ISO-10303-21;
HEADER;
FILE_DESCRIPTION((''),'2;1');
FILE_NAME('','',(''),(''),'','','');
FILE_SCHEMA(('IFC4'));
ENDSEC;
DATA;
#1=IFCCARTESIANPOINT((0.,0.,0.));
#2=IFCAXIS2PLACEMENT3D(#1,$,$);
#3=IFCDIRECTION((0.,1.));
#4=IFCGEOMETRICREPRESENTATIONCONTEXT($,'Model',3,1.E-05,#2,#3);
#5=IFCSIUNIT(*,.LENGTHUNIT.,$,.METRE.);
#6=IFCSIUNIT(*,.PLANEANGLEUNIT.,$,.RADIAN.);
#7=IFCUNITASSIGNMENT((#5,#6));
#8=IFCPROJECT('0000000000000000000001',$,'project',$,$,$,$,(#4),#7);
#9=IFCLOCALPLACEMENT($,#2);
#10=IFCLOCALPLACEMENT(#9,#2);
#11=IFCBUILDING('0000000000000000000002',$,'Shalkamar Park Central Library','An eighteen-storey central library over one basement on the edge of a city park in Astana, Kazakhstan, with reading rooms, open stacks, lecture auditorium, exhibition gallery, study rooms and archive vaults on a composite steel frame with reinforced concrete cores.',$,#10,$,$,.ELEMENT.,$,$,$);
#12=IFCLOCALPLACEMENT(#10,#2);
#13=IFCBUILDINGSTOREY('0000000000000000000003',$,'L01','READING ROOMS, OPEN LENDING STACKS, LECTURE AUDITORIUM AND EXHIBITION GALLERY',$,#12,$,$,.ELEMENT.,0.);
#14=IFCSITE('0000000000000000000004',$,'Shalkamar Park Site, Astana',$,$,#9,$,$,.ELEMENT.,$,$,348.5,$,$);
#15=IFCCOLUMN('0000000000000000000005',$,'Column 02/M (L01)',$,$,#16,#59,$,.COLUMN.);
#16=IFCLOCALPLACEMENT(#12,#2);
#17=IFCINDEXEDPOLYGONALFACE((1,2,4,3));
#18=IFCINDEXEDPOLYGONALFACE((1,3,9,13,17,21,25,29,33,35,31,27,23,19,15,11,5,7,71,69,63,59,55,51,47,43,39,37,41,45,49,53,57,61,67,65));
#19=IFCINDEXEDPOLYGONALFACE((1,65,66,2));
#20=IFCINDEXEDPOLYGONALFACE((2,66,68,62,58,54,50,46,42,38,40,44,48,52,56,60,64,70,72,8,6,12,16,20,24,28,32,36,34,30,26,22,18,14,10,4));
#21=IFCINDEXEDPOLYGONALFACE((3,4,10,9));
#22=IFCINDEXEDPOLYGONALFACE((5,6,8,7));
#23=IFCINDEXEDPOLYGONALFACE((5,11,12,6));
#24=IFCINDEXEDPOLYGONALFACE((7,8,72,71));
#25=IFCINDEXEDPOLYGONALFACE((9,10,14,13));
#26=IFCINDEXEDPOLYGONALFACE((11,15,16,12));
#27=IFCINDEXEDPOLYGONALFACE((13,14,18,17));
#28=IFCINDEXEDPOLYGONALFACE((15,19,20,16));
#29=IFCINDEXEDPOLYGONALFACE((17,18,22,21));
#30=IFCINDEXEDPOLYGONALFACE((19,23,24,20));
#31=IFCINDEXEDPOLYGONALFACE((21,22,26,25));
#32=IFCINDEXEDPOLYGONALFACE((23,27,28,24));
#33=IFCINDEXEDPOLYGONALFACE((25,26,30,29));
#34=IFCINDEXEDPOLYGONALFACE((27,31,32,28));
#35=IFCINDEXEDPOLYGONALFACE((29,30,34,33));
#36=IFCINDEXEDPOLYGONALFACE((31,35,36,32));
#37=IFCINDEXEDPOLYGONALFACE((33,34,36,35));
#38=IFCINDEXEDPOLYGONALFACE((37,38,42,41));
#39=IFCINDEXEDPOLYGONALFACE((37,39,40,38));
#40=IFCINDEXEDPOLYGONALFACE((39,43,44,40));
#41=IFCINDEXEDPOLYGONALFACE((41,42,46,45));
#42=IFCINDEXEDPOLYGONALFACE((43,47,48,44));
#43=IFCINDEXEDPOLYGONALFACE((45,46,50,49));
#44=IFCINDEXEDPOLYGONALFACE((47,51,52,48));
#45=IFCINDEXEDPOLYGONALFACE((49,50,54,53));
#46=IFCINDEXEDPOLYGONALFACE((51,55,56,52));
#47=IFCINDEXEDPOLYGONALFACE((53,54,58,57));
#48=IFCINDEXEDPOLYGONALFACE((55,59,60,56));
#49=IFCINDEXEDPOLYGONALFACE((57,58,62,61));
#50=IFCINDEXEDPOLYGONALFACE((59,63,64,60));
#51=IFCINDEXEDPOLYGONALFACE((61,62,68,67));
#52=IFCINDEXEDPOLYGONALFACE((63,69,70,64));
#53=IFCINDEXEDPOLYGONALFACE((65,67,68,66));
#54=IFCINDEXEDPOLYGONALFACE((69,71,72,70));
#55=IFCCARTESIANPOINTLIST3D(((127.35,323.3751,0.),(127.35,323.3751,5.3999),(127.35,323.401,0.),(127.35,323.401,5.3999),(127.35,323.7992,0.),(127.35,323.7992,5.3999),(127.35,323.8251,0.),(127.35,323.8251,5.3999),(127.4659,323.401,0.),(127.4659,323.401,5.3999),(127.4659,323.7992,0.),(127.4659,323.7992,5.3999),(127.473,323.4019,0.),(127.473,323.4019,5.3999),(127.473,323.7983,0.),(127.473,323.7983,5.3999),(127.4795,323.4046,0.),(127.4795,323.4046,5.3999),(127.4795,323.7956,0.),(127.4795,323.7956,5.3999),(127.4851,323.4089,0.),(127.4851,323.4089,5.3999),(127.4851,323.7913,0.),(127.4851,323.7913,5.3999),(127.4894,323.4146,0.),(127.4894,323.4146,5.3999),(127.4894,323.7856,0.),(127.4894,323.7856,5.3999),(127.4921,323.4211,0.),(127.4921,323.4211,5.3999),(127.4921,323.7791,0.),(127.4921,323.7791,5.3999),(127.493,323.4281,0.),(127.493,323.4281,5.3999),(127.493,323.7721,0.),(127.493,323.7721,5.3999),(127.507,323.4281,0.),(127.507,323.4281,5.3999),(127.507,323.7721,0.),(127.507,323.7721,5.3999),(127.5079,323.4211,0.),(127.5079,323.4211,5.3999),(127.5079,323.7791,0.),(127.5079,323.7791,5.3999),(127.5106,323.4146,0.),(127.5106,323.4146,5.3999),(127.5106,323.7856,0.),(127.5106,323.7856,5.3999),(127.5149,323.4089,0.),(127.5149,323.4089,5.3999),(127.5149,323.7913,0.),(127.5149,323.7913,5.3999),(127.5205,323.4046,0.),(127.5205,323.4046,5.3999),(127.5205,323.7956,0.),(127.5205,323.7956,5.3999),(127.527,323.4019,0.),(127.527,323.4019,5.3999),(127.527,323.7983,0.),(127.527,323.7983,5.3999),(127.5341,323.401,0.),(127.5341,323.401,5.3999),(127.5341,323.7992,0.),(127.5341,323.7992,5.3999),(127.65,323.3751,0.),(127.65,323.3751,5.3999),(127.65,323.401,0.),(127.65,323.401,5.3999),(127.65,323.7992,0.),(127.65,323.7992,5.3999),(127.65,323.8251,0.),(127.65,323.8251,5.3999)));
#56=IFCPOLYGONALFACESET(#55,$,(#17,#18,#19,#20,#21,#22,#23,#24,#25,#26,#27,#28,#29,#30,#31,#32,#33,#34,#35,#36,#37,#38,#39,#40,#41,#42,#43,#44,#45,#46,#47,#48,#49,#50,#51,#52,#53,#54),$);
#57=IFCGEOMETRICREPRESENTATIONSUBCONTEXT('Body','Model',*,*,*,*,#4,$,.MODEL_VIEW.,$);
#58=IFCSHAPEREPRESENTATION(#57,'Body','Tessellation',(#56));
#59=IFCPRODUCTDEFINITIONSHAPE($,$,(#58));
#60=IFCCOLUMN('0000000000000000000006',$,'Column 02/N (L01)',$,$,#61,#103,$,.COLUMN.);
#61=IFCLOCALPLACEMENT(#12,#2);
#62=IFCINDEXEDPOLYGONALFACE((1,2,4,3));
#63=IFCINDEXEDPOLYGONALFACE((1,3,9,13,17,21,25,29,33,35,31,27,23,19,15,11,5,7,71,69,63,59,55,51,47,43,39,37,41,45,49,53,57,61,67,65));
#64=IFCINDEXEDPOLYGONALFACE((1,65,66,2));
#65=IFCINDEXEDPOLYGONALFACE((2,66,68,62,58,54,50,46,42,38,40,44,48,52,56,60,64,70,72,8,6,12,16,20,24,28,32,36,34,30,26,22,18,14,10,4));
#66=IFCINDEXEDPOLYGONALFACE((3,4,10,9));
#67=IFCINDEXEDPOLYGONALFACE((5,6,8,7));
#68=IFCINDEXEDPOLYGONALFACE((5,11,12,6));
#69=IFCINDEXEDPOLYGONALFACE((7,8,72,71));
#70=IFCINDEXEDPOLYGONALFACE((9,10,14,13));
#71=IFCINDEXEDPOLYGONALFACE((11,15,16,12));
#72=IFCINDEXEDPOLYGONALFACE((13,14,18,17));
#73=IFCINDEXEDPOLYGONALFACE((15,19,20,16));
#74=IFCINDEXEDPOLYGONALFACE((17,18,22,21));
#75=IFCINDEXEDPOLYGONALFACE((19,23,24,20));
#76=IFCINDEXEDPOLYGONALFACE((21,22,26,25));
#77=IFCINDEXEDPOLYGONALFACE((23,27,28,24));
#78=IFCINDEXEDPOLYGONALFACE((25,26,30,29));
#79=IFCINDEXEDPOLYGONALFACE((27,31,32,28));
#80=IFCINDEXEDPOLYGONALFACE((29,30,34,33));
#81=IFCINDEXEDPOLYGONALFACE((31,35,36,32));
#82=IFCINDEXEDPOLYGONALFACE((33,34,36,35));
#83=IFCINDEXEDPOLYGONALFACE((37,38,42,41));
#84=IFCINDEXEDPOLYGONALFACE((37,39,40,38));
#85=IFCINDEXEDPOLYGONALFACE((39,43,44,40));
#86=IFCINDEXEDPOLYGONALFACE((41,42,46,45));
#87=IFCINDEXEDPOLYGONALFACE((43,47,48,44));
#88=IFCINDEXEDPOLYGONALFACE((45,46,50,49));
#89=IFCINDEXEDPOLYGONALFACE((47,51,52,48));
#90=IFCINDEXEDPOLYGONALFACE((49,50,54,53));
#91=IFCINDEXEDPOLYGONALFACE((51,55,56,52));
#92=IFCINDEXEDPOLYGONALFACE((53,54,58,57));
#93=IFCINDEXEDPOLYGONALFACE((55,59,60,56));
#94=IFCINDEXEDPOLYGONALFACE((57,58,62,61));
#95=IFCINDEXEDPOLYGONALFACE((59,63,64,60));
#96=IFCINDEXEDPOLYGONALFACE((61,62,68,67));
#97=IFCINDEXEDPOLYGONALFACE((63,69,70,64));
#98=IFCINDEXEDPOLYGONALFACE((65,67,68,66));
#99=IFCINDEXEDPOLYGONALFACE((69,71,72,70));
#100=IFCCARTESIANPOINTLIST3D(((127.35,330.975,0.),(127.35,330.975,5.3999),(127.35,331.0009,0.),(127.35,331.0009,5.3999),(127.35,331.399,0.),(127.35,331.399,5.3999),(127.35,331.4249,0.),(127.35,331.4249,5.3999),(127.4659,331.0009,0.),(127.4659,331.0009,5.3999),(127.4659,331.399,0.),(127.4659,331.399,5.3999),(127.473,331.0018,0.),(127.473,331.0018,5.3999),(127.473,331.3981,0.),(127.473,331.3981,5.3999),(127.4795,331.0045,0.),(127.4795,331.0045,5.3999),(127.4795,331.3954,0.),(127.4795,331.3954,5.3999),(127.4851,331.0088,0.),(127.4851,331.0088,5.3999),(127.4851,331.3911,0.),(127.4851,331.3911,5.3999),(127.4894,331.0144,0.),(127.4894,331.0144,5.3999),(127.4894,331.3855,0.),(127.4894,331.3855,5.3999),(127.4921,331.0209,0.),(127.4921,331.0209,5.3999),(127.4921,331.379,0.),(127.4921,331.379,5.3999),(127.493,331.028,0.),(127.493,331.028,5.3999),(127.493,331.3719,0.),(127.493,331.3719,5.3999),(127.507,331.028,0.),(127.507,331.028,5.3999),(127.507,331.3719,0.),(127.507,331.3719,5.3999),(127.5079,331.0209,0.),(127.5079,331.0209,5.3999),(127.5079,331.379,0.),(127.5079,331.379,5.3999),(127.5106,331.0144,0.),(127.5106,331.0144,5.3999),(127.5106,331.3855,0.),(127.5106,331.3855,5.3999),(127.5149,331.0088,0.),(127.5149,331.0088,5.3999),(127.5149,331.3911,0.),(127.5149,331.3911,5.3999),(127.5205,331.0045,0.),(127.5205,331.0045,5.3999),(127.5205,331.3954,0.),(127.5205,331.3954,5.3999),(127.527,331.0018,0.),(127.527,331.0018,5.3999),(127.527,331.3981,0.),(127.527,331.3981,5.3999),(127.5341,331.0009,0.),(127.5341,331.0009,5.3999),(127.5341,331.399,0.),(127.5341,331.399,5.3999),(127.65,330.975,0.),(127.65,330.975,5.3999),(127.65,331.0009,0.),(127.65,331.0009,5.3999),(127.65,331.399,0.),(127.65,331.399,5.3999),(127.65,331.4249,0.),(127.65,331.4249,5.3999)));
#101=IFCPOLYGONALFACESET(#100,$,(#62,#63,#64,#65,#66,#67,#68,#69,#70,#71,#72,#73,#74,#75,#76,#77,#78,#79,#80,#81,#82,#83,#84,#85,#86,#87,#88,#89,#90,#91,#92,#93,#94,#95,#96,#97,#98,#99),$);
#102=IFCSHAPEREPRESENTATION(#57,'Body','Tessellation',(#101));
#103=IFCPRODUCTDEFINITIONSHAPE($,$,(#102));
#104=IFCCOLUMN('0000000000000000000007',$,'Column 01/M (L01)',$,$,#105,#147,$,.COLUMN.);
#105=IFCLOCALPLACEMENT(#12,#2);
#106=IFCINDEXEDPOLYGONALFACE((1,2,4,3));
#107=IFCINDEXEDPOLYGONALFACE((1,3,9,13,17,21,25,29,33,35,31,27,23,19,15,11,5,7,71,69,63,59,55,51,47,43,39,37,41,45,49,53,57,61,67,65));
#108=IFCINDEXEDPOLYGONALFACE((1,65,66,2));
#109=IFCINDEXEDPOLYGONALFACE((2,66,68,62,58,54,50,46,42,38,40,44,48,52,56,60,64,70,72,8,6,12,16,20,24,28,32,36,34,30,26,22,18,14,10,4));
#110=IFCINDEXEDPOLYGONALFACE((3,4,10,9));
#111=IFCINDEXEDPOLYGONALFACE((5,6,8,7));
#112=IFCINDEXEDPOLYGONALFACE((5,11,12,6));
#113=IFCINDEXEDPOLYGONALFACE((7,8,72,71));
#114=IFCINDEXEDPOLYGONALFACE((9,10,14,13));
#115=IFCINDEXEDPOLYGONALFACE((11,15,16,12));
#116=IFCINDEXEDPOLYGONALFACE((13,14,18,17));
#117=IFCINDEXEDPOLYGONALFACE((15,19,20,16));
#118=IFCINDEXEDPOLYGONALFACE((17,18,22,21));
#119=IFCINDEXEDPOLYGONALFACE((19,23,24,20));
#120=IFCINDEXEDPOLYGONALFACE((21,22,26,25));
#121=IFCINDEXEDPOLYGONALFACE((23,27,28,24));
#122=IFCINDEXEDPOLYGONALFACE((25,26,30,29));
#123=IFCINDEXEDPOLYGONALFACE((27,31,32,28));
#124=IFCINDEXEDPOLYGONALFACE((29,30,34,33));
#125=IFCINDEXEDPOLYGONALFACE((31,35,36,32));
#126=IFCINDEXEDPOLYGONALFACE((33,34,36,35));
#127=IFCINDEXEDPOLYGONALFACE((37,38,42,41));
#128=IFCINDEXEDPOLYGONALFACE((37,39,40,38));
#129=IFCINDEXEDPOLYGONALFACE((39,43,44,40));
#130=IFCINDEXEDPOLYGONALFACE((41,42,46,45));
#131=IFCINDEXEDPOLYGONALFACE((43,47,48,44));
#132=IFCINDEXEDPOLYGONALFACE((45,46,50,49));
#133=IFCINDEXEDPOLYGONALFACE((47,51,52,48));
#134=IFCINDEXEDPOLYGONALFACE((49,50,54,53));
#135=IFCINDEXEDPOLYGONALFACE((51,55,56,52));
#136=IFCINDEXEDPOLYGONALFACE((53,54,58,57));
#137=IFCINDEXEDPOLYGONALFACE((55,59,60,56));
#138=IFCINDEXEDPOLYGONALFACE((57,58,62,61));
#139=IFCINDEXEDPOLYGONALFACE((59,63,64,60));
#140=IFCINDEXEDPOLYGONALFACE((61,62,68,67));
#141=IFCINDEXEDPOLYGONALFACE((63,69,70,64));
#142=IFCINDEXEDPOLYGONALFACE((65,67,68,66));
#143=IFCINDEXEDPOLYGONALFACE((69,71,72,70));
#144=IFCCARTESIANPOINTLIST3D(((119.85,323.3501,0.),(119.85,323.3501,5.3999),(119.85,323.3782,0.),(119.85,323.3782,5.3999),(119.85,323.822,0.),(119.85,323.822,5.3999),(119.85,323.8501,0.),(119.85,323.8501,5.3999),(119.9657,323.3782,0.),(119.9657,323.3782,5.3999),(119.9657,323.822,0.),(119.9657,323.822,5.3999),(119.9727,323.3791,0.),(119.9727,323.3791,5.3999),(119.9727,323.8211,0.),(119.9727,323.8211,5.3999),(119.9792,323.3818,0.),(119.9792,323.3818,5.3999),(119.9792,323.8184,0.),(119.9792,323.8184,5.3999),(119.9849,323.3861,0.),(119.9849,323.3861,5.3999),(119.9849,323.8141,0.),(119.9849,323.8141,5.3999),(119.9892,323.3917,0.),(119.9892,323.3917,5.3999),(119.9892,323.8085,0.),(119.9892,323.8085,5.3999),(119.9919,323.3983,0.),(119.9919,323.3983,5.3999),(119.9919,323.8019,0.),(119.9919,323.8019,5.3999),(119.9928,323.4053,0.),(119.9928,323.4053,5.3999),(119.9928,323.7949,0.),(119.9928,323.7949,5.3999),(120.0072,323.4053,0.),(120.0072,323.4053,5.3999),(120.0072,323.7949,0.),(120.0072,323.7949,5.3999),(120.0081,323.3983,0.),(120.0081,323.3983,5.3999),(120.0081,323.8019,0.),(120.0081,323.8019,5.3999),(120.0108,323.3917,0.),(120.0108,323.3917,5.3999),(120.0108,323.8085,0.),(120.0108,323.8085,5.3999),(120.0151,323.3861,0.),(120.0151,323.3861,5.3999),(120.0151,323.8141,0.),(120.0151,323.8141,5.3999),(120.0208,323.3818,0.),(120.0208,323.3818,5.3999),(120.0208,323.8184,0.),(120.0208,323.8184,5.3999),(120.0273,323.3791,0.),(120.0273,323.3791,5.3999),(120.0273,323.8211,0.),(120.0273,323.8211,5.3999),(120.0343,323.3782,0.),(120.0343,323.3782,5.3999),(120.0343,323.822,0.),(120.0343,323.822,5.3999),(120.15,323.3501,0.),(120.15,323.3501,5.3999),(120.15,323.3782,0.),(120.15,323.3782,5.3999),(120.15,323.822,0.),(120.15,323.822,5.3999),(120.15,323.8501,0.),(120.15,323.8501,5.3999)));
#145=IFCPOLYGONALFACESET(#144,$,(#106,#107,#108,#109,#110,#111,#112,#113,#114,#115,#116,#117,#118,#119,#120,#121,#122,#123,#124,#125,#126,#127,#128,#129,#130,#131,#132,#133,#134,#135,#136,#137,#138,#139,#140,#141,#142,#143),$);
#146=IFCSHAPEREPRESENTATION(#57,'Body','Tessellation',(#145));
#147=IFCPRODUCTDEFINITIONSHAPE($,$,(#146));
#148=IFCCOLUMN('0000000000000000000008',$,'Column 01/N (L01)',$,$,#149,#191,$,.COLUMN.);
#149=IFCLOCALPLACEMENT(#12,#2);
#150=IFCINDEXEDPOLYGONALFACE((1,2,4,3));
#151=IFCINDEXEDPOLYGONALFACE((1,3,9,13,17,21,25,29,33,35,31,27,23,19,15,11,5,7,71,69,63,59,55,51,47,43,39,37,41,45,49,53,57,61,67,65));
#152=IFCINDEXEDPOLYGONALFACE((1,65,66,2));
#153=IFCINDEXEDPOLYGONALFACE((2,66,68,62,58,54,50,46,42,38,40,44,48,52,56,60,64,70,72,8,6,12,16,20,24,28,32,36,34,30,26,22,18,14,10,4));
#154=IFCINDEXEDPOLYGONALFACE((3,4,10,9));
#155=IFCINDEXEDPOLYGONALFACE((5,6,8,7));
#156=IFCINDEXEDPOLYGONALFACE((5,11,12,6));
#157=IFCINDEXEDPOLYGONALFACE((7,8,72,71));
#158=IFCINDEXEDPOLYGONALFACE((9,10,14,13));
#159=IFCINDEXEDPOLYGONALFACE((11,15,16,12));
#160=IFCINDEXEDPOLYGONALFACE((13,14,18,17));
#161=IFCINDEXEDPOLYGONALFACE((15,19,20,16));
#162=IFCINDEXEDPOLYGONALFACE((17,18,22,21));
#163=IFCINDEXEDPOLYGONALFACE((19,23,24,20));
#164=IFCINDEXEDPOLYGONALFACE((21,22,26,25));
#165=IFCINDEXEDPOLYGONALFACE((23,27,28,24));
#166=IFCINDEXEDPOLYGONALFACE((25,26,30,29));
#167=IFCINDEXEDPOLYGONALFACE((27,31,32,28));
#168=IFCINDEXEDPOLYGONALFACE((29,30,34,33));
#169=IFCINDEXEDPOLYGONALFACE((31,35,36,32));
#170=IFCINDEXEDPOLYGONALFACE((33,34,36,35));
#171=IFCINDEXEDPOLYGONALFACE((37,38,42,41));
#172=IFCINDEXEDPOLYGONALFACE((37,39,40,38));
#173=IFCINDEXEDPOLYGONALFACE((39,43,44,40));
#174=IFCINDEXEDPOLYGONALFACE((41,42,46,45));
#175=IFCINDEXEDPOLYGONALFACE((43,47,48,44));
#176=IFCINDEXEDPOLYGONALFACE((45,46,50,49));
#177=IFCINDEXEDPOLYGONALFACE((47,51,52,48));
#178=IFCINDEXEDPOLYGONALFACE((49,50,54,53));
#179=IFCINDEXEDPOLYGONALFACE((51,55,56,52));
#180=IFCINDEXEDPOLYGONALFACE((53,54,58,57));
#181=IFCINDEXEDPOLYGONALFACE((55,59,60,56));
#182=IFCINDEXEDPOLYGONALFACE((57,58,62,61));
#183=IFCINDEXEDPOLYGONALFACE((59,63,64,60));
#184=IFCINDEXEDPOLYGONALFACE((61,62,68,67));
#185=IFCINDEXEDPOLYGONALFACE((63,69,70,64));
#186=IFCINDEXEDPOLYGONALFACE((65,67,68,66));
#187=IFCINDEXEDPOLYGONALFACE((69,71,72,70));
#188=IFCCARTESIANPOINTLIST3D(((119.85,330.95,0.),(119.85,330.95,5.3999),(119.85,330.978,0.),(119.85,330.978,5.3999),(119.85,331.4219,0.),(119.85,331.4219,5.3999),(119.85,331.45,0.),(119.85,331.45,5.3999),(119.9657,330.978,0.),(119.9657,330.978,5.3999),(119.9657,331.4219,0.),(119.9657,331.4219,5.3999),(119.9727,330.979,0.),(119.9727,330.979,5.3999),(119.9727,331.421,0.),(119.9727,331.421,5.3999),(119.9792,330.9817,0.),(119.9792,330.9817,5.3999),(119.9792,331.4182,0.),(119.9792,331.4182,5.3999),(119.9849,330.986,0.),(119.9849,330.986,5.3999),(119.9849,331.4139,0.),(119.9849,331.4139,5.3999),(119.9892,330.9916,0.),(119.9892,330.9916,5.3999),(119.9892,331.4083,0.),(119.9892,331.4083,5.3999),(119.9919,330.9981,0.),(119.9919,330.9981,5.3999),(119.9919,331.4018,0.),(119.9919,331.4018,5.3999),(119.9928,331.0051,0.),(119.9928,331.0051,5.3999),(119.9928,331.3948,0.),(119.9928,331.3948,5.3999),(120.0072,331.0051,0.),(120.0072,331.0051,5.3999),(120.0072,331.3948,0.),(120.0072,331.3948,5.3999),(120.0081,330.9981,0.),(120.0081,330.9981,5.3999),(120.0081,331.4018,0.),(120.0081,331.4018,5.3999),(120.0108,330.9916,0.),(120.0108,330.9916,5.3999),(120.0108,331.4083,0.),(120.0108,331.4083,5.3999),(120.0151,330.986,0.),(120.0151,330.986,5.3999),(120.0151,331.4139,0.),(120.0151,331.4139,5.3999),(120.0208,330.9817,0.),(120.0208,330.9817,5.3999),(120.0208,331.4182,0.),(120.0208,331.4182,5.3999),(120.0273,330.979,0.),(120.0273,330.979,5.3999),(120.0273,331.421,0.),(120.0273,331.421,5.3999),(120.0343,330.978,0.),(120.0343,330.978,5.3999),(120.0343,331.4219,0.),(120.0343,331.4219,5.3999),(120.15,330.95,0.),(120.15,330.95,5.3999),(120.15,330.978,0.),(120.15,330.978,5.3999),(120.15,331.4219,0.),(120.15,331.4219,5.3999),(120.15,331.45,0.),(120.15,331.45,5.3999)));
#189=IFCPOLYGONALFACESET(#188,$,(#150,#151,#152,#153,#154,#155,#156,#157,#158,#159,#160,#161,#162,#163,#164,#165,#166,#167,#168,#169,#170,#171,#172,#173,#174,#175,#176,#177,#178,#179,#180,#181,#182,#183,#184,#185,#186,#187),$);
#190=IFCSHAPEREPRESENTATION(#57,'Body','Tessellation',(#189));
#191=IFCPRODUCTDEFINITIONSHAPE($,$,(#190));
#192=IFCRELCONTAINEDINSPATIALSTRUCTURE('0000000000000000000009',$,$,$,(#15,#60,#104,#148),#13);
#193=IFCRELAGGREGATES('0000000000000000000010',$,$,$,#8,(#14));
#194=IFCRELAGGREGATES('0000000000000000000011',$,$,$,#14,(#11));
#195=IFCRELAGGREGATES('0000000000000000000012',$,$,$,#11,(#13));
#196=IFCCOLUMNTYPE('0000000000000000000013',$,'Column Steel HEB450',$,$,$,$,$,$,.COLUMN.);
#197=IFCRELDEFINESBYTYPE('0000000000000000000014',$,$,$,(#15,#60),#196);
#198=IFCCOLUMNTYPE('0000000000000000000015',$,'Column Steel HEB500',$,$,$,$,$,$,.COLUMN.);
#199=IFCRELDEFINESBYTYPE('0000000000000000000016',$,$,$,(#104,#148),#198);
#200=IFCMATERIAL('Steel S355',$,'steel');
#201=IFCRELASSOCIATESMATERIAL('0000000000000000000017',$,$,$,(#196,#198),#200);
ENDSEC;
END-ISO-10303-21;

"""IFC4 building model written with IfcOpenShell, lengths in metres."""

from ifc_helpers import new_model, si_unit, direction, frame, origin, origin_2d, place, context, subcontext, project, spatial, i_section, extrude, material, material_profile, profile_set, type_object, element, save


model = new_model("IFC4")

# Units and contexts
model_context = context("Model", 3, precision=1e-05, world=origin(), true_north=direction((0.0, 1.0)))
body_context = subcontext(model_context, "Body", "Model", "MODEL_VIEW")
ifc_project = project(units=[si_unit("LENGTHUNIT", "METRE"), si_unit("PLANEANGLEUNIT", "RADIAN")], contexts=[model_context])

# Site, building, storey
site_placement = place(None, origin())
site = spatial("IfcSite", under=ifc_project, at=site_placement, Name="Shalkamar Park Site, Astana", CompositionType="ELEMENT", RefElevation=348.5)
building_placement = place(site_placement, origin())
building = spatial("IfcBuilding", under=site, at=building_placement, Name="Shalkamar Park Central Library", Description="An eighteen-storey central library over one basement on the edge of a city park in Astana, Kazakhstan, with reading rooms, open stacks, lecture auditorium, exhibition gallery, study rooms and archive vaults on a composite steel frame with reinforced concrete cores.", CompositionType="ELEMENT")
storey_placement = place(building_placement, origin())
storey = spatial("IfcBuildingStorey", under=building, at=storey_placement, Name="L01", Description="READING ROOMS, OPEN LENDING STACKS, LECTURE AUDITORIUM AND EXHIBITION GALLERY", CompositionType="ELEMENT", Elevation=0.0)

# Columns
ifc_material_1 = material(Name="Steel S355", Category="steel")
ifc_material_profile_1 = material_profile(ifc_material_1, i_section(OverallWidth=0.3, OverallDepth=0.45, WebThickness=0.0139, FlangeThickness=0.0259, FilletRadius=0.0271, at=origin_2d()), Name="HEB 450")
ifc_profile_set_1 = profile_set([ifc_material_profile_1], Name="Steel S355")
column_type_1 = type_object("IfcColumnType", Name="Column Steel HEB450", PredefinedType="COLUMN", material=ifc_profile_set_1)
for number, where, z_axis, x_axis, name in (
    (1, (127.5, 323.6001, 0.0), (0.0, 0.0, 1.0), (1.0, 0.0, 0.0), "Column 02/M (L01)"),
    (2, (127.5, 331.2, 0.0), (0.0, 0.0, 1.0), (1.0, 0.0, 0.0), "Column 02/N (L01)"),
):
    element("IfcColumn", number, at=place(storey_placement, frame(where, z_axis=z_axis, x_axis=x_axis)), inside=storey, type_object=column_type_1, Name=name, PredefinedType="COLUMN", context=body_context, shape_type="SweptSolid", body=[
        extrude(i_section(OverallWidth=0.3, OverallDepth=0.45, WebThickness=0.0139, FlangeThickness=0.0259, FilletRadius=0.0271, at=origin_2d()), origin(), (0.0, 0.0, 1.0), 5.3999),
    ])
ifc_material_profile_2 = material_profile(ifc_material_1, i_section(OverallWidth=0.3, OverallDepth=0.5, WebThickness=0.0144, FlangeThickness=0.0281, FilletRadius=0.0271, at=origin_2d()), Name="HEB 500")
ifc_profile_set_2 = profile_set([ifc_material_profile_2], Name="Steel S355")
column_type_2 = type_object("IfcColumnType", Name="Column Steel HEB500", PredefinedType="COLUMN", material=ifc_profile_set_2)
for number, where, z_axis, x_axis, name in (
    (3, (120.0, 323.6001, 0.0), (0.0, 0.0, 1.0), (1.0, 0.0, 0.0), "Column 01/M (L01)"),
    (4, (120.0, 331.2, 0.0), (0.0, 0.0, 1.0), (1.0, 0.0, 0.0), "Column 01/N (L01)"),
):
    element("IfcColumn", number, at=place(storey_placement, frame(where, z_axis=z_axis, x_axis=x_axis)), inside=storey, type_object=column_type_2, Name=name, PredefinedType="COLUMN", context=body_context, shape_type="SweptSolid", body=[
        extrude(i_section(OverallWidth=0.3, OverallDepth=0.5, WebThickness=0.0144, FlangeThickness=0.0281, FilletRadius=0.0271, at=origin_2d()), origin(), (0.0, 0.0, 1.0), 5.3999),
    ])

save(model, "model.ifc")
